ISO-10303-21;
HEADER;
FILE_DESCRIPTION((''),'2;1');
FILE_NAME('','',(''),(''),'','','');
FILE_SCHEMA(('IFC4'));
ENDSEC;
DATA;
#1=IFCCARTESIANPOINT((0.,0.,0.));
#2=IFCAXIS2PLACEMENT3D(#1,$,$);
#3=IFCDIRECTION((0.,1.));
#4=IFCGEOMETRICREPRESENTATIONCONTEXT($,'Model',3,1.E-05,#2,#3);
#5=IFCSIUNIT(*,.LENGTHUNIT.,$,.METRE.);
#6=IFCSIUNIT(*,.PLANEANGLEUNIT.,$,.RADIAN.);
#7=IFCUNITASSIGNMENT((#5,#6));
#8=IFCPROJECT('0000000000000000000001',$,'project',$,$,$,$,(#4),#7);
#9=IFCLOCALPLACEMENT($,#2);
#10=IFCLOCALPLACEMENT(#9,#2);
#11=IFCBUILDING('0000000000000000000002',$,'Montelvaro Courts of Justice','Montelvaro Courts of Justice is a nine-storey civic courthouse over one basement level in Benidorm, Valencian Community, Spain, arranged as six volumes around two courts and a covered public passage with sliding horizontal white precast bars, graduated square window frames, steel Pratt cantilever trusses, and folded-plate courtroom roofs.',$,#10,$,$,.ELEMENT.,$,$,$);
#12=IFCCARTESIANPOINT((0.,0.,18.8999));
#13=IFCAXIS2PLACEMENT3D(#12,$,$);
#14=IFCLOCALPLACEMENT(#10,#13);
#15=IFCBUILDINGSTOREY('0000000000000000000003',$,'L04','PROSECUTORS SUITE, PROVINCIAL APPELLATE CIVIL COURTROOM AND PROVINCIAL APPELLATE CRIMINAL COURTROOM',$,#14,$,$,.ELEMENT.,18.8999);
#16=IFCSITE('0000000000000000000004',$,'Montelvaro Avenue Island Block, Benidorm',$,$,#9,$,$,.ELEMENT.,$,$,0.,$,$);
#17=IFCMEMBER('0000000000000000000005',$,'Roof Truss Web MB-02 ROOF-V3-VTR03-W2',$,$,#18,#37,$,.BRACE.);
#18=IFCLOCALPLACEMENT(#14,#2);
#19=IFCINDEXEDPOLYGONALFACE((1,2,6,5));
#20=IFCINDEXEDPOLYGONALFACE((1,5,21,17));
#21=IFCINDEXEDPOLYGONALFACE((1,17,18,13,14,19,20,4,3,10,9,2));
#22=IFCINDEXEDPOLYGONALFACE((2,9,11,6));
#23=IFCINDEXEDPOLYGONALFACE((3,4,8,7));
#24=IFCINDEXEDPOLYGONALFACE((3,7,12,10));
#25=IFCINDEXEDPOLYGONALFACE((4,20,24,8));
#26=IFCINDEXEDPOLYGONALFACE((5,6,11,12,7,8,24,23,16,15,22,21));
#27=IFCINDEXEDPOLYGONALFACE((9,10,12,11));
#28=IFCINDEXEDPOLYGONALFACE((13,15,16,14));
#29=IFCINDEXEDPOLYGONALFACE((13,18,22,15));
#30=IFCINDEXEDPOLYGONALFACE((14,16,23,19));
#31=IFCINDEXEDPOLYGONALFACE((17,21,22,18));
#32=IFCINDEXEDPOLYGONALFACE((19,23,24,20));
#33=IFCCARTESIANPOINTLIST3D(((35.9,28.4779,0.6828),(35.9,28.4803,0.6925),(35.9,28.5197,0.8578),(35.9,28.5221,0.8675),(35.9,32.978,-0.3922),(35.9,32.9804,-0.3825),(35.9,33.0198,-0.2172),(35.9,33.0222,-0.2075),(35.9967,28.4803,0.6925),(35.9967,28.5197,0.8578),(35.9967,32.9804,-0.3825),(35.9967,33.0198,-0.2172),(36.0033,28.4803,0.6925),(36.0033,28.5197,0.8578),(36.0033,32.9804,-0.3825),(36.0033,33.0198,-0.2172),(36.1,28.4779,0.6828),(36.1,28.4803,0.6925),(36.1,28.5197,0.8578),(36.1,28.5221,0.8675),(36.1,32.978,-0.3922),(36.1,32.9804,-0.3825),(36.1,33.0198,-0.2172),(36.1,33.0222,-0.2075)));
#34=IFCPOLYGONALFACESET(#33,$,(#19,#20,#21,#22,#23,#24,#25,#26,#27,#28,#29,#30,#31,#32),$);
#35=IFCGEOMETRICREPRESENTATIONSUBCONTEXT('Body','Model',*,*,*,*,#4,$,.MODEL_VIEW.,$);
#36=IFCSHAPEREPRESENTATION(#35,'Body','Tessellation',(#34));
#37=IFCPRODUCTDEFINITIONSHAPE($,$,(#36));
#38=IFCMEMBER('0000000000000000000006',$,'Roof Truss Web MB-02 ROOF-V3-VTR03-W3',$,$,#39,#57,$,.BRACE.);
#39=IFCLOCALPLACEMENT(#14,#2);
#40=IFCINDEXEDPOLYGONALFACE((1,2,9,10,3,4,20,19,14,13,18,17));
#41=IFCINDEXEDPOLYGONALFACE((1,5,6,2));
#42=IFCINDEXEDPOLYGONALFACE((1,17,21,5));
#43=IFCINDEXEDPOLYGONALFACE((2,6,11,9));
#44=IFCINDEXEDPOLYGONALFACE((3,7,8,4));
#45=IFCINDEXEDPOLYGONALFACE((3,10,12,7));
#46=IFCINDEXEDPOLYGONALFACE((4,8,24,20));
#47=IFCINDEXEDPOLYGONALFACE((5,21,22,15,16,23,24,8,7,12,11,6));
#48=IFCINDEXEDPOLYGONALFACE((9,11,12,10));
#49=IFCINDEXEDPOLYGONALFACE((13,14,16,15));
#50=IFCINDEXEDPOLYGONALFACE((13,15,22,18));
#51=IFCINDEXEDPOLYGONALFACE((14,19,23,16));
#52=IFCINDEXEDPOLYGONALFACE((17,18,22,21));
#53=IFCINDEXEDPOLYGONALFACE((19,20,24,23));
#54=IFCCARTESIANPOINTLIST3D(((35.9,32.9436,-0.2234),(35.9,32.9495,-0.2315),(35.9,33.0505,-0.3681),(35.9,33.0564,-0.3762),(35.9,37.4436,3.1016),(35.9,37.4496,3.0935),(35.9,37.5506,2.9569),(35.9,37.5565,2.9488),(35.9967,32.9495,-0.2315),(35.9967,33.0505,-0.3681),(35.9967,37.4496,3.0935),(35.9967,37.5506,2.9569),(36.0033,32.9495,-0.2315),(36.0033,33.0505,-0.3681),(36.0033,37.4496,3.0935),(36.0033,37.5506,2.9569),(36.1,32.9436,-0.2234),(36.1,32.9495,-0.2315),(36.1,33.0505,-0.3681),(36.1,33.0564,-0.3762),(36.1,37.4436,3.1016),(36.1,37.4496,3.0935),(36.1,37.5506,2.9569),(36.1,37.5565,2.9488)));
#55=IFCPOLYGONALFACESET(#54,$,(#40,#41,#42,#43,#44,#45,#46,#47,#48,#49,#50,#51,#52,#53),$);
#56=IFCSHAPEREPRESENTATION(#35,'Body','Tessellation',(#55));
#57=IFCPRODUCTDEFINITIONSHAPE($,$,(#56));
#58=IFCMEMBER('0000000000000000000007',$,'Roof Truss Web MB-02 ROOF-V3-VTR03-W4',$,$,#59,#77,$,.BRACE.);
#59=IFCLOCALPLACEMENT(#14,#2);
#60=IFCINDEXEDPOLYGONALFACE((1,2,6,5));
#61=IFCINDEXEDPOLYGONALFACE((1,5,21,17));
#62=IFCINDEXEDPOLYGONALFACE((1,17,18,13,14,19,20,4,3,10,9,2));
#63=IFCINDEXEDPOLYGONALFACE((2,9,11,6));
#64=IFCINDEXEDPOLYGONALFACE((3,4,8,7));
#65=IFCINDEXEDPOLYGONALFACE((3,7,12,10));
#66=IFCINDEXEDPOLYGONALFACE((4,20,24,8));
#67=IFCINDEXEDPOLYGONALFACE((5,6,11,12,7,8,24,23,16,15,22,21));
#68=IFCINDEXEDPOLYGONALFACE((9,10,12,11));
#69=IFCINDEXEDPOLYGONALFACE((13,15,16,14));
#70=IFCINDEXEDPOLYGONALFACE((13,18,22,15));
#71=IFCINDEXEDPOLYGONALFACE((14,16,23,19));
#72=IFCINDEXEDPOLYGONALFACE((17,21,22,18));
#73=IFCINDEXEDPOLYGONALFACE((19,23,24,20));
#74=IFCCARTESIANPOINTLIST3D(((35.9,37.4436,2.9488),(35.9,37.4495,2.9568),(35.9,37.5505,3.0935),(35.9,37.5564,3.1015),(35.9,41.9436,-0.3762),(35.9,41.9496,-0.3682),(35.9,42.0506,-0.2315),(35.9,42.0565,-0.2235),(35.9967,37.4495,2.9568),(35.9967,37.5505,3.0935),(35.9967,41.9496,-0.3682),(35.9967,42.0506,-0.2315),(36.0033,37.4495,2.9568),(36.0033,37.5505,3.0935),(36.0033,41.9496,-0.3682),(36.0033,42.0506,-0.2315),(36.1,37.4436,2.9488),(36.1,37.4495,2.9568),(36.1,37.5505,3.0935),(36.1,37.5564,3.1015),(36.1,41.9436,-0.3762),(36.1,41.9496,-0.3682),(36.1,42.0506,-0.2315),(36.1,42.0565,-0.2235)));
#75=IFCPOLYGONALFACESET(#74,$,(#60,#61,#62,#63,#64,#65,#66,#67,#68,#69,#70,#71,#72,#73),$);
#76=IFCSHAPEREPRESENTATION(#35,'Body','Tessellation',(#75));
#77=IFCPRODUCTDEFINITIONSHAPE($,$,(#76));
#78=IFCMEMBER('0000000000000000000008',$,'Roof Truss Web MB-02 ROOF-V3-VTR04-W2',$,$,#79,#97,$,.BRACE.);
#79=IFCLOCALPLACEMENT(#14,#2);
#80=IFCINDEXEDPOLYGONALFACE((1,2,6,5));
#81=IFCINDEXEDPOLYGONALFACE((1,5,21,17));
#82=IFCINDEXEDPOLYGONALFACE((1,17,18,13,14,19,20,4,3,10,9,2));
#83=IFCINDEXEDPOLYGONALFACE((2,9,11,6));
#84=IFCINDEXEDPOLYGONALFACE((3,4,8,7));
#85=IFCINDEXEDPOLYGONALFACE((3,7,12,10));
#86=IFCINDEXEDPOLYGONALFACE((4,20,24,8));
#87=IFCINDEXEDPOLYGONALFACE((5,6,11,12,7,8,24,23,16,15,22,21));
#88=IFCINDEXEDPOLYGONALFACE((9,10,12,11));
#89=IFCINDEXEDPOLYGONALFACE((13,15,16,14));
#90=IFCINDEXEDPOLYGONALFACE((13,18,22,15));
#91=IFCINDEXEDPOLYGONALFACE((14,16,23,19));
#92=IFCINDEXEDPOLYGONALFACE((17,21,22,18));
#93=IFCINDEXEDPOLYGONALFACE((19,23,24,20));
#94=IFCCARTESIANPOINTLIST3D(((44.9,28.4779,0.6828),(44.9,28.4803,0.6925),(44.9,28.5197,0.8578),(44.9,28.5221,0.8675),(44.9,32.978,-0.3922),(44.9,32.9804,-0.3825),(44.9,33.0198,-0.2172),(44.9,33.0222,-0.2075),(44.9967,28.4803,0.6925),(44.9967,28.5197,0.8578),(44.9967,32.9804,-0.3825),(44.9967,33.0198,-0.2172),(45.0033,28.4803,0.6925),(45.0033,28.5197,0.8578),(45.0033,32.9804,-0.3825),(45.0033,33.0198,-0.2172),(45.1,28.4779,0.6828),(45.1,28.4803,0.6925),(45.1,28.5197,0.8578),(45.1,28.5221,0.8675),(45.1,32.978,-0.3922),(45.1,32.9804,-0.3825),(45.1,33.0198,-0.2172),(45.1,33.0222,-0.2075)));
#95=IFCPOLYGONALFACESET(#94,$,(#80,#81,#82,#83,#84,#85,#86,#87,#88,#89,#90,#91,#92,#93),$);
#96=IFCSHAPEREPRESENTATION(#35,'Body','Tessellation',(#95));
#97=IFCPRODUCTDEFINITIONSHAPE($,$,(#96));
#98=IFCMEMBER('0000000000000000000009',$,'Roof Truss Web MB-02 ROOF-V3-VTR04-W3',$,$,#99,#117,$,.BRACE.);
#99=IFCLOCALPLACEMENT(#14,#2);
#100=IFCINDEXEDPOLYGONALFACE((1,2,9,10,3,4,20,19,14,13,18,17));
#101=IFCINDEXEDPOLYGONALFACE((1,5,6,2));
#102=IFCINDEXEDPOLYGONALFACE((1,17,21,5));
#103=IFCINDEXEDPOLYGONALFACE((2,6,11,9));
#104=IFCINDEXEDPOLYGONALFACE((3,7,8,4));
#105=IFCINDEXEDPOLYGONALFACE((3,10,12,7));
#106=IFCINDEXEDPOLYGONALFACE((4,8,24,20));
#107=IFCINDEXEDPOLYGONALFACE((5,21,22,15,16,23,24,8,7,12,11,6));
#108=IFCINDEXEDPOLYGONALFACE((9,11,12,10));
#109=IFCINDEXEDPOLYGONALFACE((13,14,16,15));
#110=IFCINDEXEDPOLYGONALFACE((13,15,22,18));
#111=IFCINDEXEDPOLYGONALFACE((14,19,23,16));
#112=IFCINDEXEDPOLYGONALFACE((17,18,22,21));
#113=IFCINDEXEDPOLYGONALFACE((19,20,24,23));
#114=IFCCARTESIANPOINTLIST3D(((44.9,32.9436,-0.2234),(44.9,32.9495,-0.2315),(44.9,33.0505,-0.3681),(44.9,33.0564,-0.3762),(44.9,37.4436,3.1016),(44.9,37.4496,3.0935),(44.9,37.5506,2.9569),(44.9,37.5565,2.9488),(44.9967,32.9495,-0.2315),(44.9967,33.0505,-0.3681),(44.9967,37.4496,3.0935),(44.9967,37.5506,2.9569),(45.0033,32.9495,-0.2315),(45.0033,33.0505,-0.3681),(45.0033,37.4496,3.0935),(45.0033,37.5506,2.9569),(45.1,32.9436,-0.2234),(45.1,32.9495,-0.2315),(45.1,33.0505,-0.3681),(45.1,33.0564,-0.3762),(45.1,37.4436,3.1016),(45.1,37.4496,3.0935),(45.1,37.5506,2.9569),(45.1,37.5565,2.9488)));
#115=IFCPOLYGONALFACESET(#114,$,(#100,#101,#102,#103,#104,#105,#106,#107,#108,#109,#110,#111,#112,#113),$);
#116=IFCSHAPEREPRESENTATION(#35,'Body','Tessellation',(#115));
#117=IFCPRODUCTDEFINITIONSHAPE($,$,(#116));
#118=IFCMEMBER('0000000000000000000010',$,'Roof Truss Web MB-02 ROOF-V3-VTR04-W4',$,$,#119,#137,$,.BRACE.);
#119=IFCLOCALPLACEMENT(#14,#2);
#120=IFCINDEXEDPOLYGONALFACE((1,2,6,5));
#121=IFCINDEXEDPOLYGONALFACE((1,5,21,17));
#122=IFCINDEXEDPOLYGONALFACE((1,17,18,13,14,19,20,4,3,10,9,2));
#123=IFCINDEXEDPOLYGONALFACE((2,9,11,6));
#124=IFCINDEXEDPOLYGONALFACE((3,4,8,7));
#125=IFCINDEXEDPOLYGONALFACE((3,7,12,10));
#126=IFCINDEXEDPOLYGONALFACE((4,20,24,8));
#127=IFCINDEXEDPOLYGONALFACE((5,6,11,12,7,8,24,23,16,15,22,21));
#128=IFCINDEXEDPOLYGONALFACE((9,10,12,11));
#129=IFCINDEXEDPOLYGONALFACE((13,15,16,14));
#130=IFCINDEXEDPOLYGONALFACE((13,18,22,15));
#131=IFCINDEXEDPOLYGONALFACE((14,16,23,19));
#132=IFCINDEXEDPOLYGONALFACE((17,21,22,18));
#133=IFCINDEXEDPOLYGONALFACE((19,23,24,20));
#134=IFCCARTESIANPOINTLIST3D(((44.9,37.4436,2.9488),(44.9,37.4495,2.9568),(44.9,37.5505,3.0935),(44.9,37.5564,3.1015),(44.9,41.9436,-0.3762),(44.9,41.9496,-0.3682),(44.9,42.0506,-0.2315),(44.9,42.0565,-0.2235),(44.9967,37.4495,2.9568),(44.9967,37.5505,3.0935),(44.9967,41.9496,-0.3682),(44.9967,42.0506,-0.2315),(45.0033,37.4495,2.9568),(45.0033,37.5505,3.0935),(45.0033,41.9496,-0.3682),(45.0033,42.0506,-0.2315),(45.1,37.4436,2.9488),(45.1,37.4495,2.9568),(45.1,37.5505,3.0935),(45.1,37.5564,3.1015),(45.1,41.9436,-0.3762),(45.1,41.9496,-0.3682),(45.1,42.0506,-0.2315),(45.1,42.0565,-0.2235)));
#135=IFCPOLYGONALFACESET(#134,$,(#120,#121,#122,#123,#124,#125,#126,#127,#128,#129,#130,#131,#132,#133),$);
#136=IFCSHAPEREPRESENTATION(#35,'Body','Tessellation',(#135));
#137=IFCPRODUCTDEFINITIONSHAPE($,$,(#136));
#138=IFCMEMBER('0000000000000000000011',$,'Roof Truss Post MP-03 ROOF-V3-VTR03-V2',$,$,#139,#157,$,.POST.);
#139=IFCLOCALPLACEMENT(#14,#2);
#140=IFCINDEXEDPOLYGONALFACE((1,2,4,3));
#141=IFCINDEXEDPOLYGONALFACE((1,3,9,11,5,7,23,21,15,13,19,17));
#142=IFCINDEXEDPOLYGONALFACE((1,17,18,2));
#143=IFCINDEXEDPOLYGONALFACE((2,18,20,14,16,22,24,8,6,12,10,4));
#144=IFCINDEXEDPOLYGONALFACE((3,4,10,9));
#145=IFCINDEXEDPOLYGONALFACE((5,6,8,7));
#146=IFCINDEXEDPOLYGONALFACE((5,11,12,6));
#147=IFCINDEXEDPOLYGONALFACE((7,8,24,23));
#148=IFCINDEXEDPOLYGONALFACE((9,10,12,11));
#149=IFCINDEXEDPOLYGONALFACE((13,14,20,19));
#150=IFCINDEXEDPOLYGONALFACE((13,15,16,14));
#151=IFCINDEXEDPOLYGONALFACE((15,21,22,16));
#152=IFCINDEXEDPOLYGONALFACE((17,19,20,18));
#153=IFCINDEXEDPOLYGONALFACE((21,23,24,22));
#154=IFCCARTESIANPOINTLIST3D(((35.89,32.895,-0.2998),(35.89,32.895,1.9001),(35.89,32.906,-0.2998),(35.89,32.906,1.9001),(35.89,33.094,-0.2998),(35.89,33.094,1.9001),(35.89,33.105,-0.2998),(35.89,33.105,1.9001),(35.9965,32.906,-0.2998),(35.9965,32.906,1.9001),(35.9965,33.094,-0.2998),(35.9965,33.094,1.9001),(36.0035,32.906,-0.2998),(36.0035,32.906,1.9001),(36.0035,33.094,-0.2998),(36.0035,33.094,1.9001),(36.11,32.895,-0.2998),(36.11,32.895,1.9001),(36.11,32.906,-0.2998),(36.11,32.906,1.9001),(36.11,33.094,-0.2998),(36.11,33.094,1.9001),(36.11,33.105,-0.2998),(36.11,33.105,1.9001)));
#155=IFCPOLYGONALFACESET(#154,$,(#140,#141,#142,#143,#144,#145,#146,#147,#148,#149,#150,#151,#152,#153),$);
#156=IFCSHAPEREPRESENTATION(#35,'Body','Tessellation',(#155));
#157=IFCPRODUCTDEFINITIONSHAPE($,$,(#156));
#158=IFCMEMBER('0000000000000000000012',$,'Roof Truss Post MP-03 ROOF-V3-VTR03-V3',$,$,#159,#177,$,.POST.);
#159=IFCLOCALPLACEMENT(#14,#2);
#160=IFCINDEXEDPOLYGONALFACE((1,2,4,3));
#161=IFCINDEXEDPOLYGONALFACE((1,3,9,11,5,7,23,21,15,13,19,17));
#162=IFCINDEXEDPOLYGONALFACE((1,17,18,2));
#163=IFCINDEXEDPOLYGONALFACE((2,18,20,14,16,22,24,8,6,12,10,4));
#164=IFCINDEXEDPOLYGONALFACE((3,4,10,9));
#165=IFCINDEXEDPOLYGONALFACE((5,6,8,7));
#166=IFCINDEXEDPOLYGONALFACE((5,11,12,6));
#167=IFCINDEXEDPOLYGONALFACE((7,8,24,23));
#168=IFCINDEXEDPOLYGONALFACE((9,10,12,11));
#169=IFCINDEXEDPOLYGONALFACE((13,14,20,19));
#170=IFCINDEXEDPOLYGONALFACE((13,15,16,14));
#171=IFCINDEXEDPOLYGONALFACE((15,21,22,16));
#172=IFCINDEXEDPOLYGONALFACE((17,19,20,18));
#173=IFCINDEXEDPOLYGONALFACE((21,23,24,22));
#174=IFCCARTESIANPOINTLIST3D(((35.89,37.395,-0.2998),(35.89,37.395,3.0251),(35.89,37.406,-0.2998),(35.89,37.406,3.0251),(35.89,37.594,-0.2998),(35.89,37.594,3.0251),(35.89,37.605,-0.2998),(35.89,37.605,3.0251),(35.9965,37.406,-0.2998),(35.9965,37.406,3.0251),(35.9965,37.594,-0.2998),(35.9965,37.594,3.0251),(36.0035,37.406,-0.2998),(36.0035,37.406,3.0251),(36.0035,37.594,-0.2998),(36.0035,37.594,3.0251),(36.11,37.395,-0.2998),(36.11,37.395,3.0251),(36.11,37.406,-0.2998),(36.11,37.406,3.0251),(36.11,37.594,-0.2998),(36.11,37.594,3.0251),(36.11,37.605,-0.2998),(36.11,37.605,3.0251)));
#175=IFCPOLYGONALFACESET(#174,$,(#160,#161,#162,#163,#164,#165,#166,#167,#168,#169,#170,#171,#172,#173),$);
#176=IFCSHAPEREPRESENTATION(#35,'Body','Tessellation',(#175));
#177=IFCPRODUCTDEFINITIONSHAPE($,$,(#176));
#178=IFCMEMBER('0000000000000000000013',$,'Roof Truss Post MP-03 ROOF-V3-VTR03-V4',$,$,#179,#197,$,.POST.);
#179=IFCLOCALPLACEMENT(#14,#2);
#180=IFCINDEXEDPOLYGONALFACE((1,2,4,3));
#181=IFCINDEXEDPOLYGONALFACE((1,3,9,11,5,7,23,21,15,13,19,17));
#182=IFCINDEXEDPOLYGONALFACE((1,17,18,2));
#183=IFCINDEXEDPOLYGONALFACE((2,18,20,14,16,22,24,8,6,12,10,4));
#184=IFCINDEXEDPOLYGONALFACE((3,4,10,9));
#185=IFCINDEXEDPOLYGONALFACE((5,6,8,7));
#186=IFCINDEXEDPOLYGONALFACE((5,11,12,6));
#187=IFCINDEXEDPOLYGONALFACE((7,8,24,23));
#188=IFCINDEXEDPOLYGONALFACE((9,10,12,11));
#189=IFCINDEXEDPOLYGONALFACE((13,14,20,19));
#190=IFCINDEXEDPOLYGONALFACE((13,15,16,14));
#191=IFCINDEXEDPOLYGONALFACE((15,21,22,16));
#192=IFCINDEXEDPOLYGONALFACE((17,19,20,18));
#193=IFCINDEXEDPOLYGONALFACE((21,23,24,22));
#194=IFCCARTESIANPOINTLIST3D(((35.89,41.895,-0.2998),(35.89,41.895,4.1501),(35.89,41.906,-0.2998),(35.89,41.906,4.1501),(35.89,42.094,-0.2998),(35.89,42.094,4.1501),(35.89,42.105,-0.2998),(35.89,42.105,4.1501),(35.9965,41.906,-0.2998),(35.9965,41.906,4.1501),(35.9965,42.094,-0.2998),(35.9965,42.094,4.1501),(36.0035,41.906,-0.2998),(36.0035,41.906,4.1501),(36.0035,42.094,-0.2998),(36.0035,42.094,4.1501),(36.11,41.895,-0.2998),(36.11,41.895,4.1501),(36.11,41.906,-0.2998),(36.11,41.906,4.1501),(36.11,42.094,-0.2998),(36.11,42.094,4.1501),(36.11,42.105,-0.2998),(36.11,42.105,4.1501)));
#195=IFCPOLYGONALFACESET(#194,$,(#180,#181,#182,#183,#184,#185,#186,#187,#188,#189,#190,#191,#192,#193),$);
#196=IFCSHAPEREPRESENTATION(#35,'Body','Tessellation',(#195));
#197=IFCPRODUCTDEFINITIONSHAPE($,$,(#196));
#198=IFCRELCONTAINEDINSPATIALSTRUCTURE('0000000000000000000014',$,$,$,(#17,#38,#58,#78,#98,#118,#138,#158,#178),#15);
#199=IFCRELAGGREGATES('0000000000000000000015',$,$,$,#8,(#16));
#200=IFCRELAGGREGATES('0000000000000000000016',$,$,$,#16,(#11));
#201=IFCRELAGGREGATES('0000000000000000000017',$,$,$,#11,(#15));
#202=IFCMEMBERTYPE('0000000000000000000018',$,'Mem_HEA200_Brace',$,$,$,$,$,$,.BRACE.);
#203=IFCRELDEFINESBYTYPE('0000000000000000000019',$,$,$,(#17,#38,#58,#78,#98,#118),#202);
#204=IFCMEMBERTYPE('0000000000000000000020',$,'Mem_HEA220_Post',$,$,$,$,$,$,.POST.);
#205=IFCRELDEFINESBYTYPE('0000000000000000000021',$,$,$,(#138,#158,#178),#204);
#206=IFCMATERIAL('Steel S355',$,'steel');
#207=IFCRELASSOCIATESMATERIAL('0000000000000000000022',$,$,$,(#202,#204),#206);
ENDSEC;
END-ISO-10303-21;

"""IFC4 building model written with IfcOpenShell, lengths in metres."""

from ifc_helpers import new_model, si_unit, direction, frame, origin, origin_2d, place, context, subcontext, project, spatial, i_section, extrude, material, material_profile, profile_set, type_object, element, save


model = new_model("IFC4")

# Units and contexts
model_context = context("Model", 3, precision=1e-05, world=origin(), true_north=direction((0.0, 1.0)))
body_context = subcontext(model_context, "Body", "Model", "MODEL_VIEW")
ifc_project = project(units=[si_unit("LENGTHUNIT", "METRE"), si_unit("PLANEANGLEUNIT", "RADIAN")], contexts=[model_context])

# Site, building, storey
site_placement = place(None, origin())
site = spatial("IfcSite", under=ifc_project, at=site_placement, Name="Montelvaro Avenue Island Block, Benidorm", CompositionType="ELEMENT", RefElevation=0.0)
building_placement = place(site_placement, origin())
building = spatial("IfcBuilding", under=site, at=building_placement, Name="Montelvaro Courts of Justice", Description="Montelvaro Courts of Justice is a nine-storey civic courthouse over one basement level in Benidorm, Valencian Community, Spain, arranged as six volumes around two courts and a covered public passage with sliding horizontal white precast bars, graduated square window frames, steel Pratt cantilever trusses, and folded-plate courtroom roofs.", CompositionType="ELEMENT")
storey_placement = place(building_placement, frame((0.0, 0.0, 18.8999)))
storey = spatial("IfcBuildingStorey", under=building, at=storey_placement, Name="L04", Description="PROSECUTORS SUITE, PROVINCIAL APPELLATE CIVIL COURTROOM AND PROVINCIAL APPELLATE CRIMINAL COURTROOM", CompositionType="ELEMENT", Elevation=18.8999)

# Members
ifc_material_1 = material(Name="Steel S355", Category="steel")
ifc_material_profile_1 = material_profile(ifc_material_1, i_section(OverallWidth=0.2, OverallDepth=0.1899, WebThickness=0.0066, FlangeThickness=0.01, at=origin_2d()), Name="HEA 200")
ifc_profile_set_1 = profile_set([ifc_material_profile_1], Name="Steel S355")
member_type_1 = type_object("IfcMemberType", Name="Mem_HEA200_Brace", PredefinedType="BRACE", material=ifc_profile_set_1)
member_1_placement = place(storey_placement, frame((36.0, 28.5, 0.7751), z_axis=(0.0, 0.972634, -0.232341), x_axis=(-1.0, 0.0, 0.0)))
element("IfcMember", 1, at=member_1_placement, inside=storey, type_object=member_type_1, Name="Roof Truss Web MB-02 ROOF-V3-VTR03-W2", PredefinedType="BRACE", context=body_context, shape_type="SweptSolid", body=[
    extrude(i_section(OverallWidth=0.2, OverallDepth=0.1899, WebThickness=0.0066, FlangeThickness=0.01, at=origin_2d()), origin(), (0.0, 0.0, 1.0), 4.6267),
])
for number, where, z_axis, x_axis, name in (
    (2, (36.0, 33.0, -0.2998), (0.0, 0.804273, 0.59426), (-1.0, 0.0, 0.0), "Roof Truss Web MB-02 ROOF-V3-VTR03-W3"),
    (3, (36.0, 37.5, 3.0251), (0.0, 0.804273, -0.59426), (-1.0, 0.0, 0.0), "Roof Truss Web MB-02 ROOF-V3-VTR03-W4"),
):
    element("IfcMember", number, at=place(storey_placement, frame(where, z_axis=z_axis, x_axis=x_axis)), inside=storey, type_object=member_type_1, Name=name, PredefinedType="BRACE", context=body_context, shape_type="SweptSolid", body=[
        extrude(i_section(OverallWidth=0.2, OverallDepth=0.1899, WebThickness=0.0066, FlangeThickness=0.01, at=origin_2d()), origin(), (0.0, 0.0, 1.0), 5.5952),
    ])
member_2_placement = place(storey_placement, frame((45.0, 28.5, 0.7751), z_axis=(0.0, 0.972634, -0.232341), x_axis=(-1.0, 0.0, 0.0)))
element("IfcMember", 4, at=member_2_placement, inside=storey, type_object=member_type_1, Name="Roof Truss Web MB-02 ROOF-V3-VTR04-W2", PredefinedType="BRACE", context=body_context, shape_type="SweptSolid", body=[
    extrude(i_section(OverallWidth=0.2, OverallDepth=0.1899, WebThickness=0.0066, FlangeThickness=0.01, at=origin_2d()), origin(), (0.0, 0.0, 1.0), 4.6267),
])
for number, where, z_axis, x_axis, name in (
    (5, (45.0, 33.0, -0.2998), (0.0, 0.804273, 0.59426), (-1.0, 0.0, 0.0), "Roof Truss Web MB-02 ROOF-V3-VTR04-W3"),
    (6, (45.0, 37.5, 3.0251), (0.0, 0.804273, -0.59426), (-1.0, 0.0, 0.0), "Roof Truss Web MB-02 ROOF-V3-VTR04-W4"),
):
    element("IfcMember", number, at=place(storey_placement, frame(where, z_axis=z_axis, x_axis=x_axis)), inside=storey, type_object=member_type_1, Name=name, PredefinedType="BRACE", context=body_context, shape_type="SweptSolid", body=[
        extrude(i_section(OverallWidth=0.2, OverallDepth=0.1899, WebThickness=0.0066, FlangeThickness=0.01, at=origin_2d()), origin(), (0.0, 0.0, 1.0), 5.5952),
    ])
ifc_material_profile_2 = material_profile(ifc_material_1, i_section(OverallWidth=0.22, OverallDepth=0.21, WebThickness=0.0071, FlangeThickness=0.011, at=origin_2d()), Name="HEA 220")
ifc_profile_set_2 = profile_set([ifc_material_profile_2], Name="Steel S355")
member_type_2 = type_object("IfcMemberType", Name="Mem_HEA220_Post", PredefinedType="POST", material=ifc_profile_set_2)
member_3_placement = place(storey_placement, frame((36.0, 33.0, -0.2998), z_axis=(0.0, 0.0, 1.0), x_axis=(1.0, 0.0, 0.0)))
element("IfcMember", 7, at=member_3_placement, inside=storey, type_object=member_type_2, Name="Roof Truss Post MP-03 ROOF-V3-VTR03-V2", PredefinedType="POST", context=body_context, shape_type="SweptSolid", body=[
    extrude(i_section(OverallWidth=0.22, OverallDepth=0.21, WebThickness=0.0071, FlangeThickness=0.011, at=origin_2d()), origin(), (0.0, 0.0, 1.0), 2.2),
])
member_4_placement = place(storey_placement, frame((36.0, 37.5, -0.2998), z_axis=(0.0, 0.0, 1.0), x_axis=(1.0, 0.0, 0.0)))
element("IfcMember", 8, at=member_4_placement, inside=storey, type_object=member_type_2, Name="Roof Truss Post MP-03 ROOF-V3-VTR03-V3", PredefinedType="POST", context=body_context, shape_type="SweptSolid", body=[
    extrude(i_section(OverallWidth=0.22, OverallDepth=0.21, WebThickness=0.0071, FlangeThickness=0.011, at=origin_2d()), origin(), (0.0, 0.0, 1.0), 3.325),
])
member_5_placement = place(storey_placement, frame((36.0, 42.0, -0.2998), z_axis=(0.0, 0.0, 1.0), x_axis=(1.0, 0.0, 0.0)))
element("IfcMember", 9, at=member_5_placement, inside=storey, type_object=member_type_2, Name="Roof Truss Post MP-03 ROOF-V3-VTR03-V4", PredefinedType="POST", context=body_context, shape_type="SweptSolid", body=[
    extrude(i_section(OverallWidth=0.22, OverallDepth=0.21, WebThickness=0.0071, FlangeThickness=0.011, at=origin_2d()), origin(), (0.0, 0.0, 1.0), 4.45),
])

save(model, "model.ifc")
